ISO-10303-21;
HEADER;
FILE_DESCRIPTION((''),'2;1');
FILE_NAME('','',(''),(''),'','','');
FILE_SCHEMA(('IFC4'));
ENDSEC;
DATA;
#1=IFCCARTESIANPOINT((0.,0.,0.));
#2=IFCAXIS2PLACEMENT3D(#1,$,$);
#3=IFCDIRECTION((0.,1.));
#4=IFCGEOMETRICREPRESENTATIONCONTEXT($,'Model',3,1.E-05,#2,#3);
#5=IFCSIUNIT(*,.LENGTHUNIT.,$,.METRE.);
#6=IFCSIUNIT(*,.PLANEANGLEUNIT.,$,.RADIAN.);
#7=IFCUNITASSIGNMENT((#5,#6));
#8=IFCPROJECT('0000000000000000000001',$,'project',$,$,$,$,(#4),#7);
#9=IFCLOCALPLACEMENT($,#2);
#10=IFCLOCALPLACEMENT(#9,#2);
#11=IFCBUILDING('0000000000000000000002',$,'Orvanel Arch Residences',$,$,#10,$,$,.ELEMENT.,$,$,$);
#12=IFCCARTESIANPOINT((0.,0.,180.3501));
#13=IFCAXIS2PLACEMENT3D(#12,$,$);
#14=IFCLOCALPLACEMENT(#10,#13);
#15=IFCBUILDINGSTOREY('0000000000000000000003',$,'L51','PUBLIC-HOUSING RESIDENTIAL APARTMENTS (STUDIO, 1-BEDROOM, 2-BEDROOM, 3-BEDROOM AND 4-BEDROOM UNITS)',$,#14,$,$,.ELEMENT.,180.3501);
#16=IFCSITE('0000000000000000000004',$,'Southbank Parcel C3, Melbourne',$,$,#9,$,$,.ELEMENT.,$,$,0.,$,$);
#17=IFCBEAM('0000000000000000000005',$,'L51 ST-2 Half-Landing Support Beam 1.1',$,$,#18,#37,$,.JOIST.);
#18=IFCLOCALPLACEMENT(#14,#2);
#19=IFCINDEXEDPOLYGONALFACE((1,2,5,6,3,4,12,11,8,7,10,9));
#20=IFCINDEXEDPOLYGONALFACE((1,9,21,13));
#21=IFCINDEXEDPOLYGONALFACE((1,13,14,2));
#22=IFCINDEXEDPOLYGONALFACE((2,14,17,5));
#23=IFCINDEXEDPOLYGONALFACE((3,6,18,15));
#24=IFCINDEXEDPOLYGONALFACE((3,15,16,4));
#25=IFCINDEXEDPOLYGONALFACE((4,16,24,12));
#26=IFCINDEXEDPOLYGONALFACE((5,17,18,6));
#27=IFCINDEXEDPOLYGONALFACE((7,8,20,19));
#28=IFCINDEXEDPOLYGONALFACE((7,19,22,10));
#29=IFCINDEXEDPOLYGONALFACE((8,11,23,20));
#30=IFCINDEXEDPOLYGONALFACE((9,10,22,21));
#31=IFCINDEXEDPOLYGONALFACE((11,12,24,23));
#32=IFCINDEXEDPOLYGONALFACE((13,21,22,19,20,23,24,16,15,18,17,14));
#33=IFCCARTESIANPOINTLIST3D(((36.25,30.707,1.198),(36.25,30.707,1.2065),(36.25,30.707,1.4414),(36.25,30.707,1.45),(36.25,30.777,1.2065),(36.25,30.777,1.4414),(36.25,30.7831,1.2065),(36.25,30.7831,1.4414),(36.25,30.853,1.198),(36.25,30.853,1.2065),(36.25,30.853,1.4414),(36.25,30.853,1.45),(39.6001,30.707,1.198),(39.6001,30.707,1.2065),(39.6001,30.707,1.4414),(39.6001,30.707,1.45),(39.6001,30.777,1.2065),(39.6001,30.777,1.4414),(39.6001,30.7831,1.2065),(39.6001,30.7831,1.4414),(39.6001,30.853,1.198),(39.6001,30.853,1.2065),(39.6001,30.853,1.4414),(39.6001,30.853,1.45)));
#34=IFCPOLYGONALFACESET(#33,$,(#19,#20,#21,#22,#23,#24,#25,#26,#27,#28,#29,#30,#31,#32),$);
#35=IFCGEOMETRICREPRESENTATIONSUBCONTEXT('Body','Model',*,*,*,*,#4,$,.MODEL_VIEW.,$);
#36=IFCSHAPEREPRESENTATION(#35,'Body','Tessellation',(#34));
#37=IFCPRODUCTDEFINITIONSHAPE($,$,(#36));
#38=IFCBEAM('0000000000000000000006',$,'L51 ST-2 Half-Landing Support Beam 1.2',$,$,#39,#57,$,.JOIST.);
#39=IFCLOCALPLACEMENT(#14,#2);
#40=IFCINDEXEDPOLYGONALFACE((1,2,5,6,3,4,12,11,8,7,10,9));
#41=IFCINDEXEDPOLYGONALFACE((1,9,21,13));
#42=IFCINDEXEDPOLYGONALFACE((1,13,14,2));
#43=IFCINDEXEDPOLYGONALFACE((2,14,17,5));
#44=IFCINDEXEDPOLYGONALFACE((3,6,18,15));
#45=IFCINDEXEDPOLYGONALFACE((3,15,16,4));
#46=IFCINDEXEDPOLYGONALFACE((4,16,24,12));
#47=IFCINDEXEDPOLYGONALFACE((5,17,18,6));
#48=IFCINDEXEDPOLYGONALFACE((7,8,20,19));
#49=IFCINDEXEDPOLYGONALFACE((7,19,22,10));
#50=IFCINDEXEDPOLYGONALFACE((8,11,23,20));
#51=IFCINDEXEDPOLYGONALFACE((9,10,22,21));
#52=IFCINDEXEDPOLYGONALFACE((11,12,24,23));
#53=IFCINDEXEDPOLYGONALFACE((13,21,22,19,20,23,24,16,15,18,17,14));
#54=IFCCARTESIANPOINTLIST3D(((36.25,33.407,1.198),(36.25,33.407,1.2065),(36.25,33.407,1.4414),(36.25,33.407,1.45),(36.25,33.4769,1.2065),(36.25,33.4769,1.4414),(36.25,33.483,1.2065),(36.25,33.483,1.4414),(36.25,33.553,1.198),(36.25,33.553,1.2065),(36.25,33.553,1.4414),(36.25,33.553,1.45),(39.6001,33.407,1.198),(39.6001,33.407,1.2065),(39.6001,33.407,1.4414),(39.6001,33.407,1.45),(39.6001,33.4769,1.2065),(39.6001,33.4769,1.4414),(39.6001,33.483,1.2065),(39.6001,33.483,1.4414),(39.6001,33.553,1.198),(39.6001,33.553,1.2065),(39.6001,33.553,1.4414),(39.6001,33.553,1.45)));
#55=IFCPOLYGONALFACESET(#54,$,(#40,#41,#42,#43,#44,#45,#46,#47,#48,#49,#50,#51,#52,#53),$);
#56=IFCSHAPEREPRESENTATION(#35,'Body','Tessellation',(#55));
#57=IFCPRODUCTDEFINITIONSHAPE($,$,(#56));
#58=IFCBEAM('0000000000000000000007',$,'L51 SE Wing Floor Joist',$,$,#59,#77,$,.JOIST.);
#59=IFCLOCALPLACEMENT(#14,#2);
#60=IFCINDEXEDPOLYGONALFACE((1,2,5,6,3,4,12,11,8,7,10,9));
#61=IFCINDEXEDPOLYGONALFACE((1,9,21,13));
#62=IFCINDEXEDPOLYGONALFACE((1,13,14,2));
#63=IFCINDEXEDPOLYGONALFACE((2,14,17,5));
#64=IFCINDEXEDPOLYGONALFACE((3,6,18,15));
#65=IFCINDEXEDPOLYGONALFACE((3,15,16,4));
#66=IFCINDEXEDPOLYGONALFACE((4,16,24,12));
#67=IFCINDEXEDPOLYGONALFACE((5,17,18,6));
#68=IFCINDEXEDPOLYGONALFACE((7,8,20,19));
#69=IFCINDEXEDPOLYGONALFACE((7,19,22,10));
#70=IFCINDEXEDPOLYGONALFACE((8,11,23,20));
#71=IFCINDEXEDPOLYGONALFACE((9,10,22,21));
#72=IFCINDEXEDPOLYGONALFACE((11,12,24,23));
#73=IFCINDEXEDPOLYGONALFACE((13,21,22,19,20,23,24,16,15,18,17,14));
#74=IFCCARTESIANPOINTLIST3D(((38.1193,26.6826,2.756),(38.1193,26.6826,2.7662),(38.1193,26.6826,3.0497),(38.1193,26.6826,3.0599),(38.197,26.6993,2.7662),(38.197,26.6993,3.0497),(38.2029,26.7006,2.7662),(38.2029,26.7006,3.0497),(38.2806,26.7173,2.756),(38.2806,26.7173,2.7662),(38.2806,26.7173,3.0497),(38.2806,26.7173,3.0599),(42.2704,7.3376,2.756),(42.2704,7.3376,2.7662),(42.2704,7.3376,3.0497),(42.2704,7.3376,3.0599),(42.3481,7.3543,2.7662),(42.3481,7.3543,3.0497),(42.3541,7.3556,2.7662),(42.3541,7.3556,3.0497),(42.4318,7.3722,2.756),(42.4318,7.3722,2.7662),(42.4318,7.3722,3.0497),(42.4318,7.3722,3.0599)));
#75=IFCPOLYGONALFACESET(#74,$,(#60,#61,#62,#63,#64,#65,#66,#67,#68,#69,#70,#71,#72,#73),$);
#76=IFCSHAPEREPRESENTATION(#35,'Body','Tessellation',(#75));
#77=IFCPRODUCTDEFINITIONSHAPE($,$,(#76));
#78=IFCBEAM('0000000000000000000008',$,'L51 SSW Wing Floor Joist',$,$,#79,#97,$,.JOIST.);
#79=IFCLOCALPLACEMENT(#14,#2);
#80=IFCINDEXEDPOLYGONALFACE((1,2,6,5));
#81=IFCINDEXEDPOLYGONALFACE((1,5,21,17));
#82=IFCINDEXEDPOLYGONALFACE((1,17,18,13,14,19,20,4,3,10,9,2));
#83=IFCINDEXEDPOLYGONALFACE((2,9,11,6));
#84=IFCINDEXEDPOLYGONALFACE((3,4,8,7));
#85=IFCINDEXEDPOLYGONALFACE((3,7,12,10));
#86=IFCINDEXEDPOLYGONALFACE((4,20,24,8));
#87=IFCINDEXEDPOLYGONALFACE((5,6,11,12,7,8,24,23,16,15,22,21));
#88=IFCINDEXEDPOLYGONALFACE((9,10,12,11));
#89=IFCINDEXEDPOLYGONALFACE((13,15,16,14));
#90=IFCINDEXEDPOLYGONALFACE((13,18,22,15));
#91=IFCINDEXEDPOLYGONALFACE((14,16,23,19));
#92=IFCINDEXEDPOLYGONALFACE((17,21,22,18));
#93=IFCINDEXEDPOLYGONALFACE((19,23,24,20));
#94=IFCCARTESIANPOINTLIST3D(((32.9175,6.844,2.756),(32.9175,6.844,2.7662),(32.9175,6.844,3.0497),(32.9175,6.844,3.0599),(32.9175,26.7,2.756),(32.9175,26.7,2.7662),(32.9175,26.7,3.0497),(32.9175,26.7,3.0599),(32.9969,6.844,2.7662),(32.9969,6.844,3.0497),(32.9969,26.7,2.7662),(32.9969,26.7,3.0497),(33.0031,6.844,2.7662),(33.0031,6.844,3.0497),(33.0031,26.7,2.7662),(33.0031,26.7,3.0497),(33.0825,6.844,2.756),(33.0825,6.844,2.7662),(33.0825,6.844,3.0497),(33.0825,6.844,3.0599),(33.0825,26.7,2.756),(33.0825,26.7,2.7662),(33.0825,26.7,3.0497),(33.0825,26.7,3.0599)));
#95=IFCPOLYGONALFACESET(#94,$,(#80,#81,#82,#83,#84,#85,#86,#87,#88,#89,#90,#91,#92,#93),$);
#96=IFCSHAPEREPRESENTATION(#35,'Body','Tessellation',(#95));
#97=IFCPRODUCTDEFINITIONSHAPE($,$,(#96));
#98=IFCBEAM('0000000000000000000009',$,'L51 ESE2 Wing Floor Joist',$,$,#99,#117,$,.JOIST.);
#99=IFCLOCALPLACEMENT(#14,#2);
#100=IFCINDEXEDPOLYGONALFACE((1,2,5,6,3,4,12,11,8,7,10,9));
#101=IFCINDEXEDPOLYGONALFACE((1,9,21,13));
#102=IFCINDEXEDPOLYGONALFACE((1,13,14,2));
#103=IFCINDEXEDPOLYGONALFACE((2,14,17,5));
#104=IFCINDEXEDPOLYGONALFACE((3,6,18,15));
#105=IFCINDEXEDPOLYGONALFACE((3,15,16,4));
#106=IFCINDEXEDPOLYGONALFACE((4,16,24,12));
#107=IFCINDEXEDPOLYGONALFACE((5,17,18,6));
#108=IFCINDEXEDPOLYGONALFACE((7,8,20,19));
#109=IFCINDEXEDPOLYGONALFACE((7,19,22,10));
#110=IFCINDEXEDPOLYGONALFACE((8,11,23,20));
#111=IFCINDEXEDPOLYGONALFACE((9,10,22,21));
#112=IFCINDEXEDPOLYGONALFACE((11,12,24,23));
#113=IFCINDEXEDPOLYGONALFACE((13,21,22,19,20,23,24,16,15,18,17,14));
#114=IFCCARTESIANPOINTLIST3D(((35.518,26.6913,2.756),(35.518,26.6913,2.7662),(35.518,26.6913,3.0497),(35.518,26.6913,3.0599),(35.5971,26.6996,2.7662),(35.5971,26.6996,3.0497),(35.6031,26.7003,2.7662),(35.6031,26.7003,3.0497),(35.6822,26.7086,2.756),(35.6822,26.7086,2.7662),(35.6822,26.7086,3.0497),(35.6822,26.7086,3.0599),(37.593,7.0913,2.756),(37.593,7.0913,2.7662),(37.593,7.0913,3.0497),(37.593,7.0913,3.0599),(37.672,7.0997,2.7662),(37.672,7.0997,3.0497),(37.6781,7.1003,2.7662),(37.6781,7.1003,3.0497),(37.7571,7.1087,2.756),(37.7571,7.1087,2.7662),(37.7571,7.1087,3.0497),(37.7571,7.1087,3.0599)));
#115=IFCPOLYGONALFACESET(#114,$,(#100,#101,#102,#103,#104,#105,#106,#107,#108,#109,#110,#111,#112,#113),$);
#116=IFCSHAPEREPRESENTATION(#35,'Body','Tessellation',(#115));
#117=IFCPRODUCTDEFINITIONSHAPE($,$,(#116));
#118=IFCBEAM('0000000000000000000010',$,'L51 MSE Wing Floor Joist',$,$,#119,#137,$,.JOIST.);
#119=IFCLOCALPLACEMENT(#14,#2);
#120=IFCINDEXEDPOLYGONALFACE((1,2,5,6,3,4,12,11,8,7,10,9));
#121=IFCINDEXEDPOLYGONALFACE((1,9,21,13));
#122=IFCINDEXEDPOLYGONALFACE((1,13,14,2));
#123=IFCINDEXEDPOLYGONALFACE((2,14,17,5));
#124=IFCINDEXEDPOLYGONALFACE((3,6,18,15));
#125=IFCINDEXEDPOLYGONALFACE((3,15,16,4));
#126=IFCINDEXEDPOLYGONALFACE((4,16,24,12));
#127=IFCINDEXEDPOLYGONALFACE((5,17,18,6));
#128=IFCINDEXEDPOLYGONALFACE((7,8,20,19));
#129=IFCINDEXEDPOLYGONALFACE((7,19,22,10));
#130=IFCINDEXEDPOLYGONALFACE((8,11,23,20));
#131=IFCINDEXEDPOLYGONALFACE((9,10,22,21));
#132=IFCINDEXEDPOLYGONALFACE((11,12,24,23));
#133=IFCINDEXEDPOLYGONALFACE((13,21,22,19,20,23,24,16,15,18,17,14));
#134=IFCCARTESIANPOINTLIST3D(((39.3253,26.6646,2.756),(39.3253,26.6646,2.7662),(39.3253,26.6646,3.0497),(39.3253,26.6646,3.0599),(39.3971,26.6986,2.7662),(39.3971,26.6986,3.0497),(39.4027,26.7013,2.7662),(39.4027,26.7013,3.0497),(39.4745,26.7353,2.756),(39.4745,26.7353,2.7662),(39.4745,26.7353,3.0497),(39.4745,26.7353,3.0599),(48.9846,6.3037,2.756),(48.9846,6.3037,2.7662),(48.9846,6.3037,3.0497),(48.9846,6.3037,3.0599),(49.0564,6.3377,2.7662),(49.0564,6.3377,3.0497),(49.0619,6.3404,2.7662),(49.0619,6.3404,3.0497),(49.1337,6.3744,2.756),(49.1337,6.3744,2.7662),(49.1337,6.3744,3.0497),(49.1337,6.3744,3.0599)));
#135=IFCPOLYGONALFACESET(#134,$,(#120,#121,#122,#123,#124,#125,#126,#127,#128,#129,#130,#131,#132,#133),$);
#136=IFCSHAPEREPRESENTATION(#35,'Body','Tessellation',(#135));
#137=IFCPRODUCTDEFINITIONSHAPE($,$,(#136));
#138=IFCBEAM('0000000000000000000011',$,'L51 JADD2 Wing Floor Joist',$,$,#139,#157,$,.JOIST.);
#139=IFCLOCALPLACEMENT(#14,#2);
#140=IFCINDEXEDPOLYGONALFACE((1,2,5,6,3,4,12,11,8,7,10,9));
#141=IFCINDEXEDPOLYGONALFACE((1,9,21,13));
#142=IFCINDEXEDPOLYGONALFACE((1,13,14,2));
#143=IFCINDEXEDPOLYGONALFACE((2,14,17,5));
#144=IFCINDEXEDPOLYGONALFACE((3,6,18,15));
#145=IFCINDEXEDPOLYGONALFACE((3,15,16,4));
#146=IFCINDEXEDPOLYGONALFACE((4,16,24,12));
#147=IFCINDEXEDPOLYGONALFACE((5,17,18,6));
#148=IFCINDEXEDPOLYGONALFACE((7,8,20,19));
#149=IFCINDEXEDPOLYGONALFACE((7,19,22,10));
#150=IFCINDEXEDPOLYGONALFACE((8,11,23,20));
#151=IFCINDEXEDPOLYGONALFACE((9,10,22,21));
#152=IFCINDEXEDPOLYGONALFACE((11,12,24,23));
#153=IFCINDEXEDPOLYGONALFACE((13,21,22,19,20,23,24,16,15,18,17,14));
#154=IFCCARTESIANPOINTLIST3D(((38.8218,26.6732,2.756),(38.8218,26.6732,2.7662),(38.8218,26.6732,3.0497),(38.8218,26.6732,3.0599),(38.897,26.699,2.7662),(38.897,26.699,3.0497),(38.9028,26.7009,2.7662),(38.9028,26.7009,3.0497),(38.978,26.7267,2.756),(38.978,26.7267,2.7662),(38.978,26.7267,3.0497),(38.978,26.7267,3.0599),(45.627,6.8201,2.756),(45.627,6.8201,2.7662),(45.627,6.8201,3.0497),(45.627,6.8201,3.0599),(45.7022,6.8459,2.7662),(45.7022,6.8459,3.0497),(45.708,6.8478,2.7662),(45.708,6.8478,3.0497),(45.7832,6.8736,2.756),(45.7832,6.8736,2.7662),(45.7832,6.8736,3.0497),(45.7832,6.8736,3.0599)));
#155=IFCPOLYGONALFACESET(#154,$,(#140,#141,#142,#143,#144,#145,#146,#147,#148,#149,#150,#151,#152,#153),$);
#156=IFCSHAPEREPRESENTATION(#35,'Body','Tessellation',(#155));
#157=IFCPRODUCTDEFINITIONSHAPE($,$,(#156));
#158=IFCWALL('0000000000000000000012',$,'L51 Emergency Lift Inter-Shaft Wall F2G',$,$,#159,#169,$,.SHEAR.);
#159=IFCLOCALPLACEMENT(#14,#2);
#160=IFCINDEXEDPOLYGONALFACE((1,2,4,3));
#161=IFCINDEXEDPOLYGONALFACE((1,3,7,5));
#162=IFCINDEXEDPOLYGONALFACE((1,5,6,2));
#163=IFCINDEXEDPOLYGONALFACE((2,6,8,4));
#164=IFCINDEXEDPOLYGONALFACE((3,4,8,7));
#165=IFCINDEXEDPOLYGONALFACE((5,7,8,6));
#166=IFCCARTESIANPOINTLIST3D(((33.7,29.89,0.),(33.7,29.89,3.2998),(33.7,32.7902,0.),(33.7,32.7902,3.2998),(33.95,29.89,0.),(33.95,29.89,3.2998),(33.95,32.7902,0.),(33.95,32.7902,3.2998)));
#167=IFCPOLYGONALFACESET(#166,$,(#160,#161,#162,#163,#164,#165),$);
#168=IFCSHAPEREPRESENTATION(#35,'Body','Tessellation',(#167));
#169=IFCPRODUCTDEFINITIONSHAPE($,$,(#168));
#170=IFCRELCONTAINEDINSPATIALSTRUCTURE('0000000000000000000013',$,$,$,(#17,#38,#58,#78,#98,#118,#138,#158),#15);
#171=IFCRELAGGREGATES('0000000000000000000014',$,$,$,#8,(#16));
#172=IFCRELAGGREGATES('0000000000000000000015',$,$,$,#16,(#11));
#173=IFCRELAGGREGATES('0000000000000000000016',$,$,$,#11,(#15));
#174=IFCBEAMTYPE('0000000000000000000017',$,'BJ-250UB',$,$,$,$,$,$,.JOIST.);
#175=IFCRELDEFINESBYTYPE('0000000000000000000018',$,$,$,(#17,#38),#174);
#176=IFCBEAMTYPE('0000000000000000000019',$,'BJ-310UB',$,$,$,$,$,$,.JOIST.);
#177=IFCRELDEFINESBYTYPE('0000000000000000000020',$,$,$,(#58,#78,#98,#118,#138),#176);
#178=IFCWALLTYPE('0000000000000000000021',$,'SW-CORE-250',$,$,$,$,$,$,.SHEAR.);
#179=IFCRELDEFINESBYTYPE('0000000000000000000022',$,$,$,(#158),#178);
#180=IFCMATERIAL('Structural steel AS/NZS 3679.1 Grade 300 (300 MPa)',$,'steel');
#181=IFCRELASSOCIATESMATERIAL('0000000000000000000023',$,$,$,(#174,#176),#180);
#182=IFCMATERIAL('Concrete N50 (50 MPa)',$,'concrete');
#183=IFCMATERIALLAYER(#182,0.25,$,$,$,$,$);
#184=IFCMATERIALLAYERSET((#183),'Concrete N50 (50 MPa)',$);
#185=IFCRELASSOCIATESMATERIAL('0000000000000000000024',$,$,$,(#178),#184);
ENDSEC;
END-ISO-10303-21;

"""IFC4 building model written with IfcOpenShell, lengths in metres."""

from ifc_helpers import new_model, si_unit, direction, frame, frame_2d, origin, origin_2d, place, context, subcontext, project, spatial, rectangle, i_section, extrude, material, layer, layer_set, material_profile, profile_set, type_object, element, save


model = new_model("IFC4")

# Units and contexts
model_context = context("Model", 3, precision=1e-05, world=origin(), true_north=direction((0.0, 1.0)))
body_context = subcontext(model_context, "Body", "Model", "MODEL_VIEW")
ifc_project = project(units=[si_unit("LENGTHUNIT", "METRE"), si_unit("PLANEANGLEUNIT", "RADIAN")], contexts=[model_context])

# Site, building, storey
site_placement = place(None, origin())
site = spatial("IfcSite", under=ifc_project, at=site_placement, Name="Southbank Parcel C3, Melbourne", CompositionType="ELEMENT", RefElevation=0.0)
building_placement = place(site_placement, origin())
building = spatial("IfcBuilding", under=site, at=building_placement, Name="Orvanel Arch Residences", CompositionType="ELEMENT")
storey_placement = place(building_placement, frame((0.0, 0.0, 180.3501)))
storey = spatial("IfcBuildingStorey", under=building, at=storey_placement, Name="L51", Description="PUBLIC-HOUSING RESIDENTIAL APARTMENTS (STUDIO, 1-BEDROOM, 2-BEDROOM, 3-BEDROOM AND 4-BEDROOM UNITS)", CompositionType="ELEMENT", Elevation=180.3501)

# Beams
ifc_material_1 = material(Name="Structural steel AS/NZS 3679.1 Grade 300 (300 MPa)", Category="steel")
ifc_material_profile_1 = material_profile(ifc_material_1, i_section(OverallWidth=0.146, OverallDepth=0.252, WebThickness=0.0061, FlangeThickness=0.0085, at=origin_2d()), Name="250UB31.4")
ifc_profile_set_1 = profile_set([ifc_material_profile_1], Name="Structural steel AS/NZS 3679.1 Grade 300 (300 MPa)")
beam_type_1 = type_object("IfcBeamType", Name="BJ-250UB", PredefinedType="JOIST", material=ifc_profile_set_1)
for number, where, z_axis, x_axis, name in (
    (1, (36.25, 30.78, 1.324), (1.0, 0.0, 0.0), (0.0, 1.0, 0.0), "L51 ST-2 Half-Landing Support Beam 1.1"),
    (2, (36.25, 33.48, 1.324), (1.0, 0.0, 0.0), (0.0, 1.0, 0.0), "L51 ST-2 Half-Landing Support Beam 1.2"),
):
    element("IfcBeam", number, at=place(storey_placement, frame(where, z_axis=z_axis, x_axis=x_axis)), inside=storey, type_object=beam_type_1, Name=name, PredefinedType="JOIST", context=body_context, shape_type="SweptSolid", body=[
        extrude(i_section(OverallWidth=0.146, OverallDepth=0.252, WebThickness=0.0061, FlangeThickness=0.0085, at=origin_2d()), origin(), (0.0, 0.0, 1.0), 3.3501),
    ])
ifc_material_profile_2 = material_profile(ifc_material_1, i_section(OverallWidth=0.165, OverallDepth=0.304, WebThickness=0.0061, FlangeThickness=0.0103, at=origin_2d()), Name="310UB40.4")
ifc_profile_set_2 = profile_set([ifc_material_profile_2], Name="Structural steel AS/NZS 3679.1 Grade 300 (300 MPa)")
beam_type_2 = type_object("IfcBeamType", Name="BJ-310UB", PredefinedType="JOIST", material=ifc_profile_set_2)
beam_1_placement = place(storey_placement, frame((38.2, 26.7, 2.908), z_axis=(0.209808, -0.977743, 0.0), x_axis=(0.977743, 0.209808, 0.0)))
element("IfcBeam", 3, at=beam_1_placement, inside=storey, type_object=beam_type_2, Name="L51 SE Wing Floor Joist", PredefinedType="JOIST", context=body_context, shape_type="SweptSolid", body=[
    extrude(i_section(OverallWidth=0.165, OverallDepth=0.304, WebThickness=0.0061, FlangeThickness=0.0103, at=origin_2d()), origin(), (0.0, 0.0, 1.0), 19.7854),
])
beam_2_placement = place(storey_placement, frame((33.0, 26.7, 2.908), z_axis=(0.0, -1.0, 0.0), x_axis=(1.0, 0.0, 0.0)))
element("IfcBeam", 4, at=beam_2_placement, inside=storey, type_object=beam_type_2, Name="L51 SSW Wing Floor Joist", PredefinedType="JOIST", context=body_context, shape_type="SweptSolid", body=[
    extrude(i_section(OverallWidth=0.165, OverallDepth=0.304, WebThickness=0.0061, FlangeThickness=0.0103, at=origin_2d()), origin(), (0.0, 0.0, 1.0), 19.856),
])
beam_3_placement = place(storey_placement, frame((35.6001, 26.7, 2.908), z_axis=(0.105277, -0.994443, 0.0), x_axis=(0.994443, 0.105277, 0.0)))
element("IfcBeam", 5, at=beam_3_placement, inside=storey, type_object=beam_type_2, Name="L51 ESE2 Wing Floor Joist", PredefinedType="JOIST", context=body_context, shape_type="SweptSolid", body=[
    extrude(i_section(OverallWidth=0.165, OverallDepth=0.304, WebThickness=0.0061, FlangeThickness=0.0103, at=origin_2d()), origin(), (0.0, 0.0, 1.0), 19.7095),
])
beam_4_placement = place(storey_placement, frame((39.3999, 26.7, 2.908), z_axis=(0.428614, -0.903488, 0.0), x_axis=(0.903488, 0.428614, 0.0)))
element("IfcBeam", 6, at=beam_4_placement, inside=storey, type_object=beam_type_2, Name="L51 MSE Wing Floor Joist", PredefinedType="JOIST", context=body_context, shape_type="SweptSolid", body=[
    extrude(i_section(OverallWidth=0.165, OverallDepth=0.304, WebThickness=0.0061, FlangeThickness=0.0103, at=origin_2d()), origin(), (0.0, 0.0, 1.0), 22.5359),
])
beam_5_placement = place(storey_placement, frame((38.8999, 26.7, 2.908), z_axis=(0.324257, -0.945969, 0.0), x_axis=(0.945969, 0.324257, 0.0)))
element("IfcBeam", 7, at=beam_5_placement, inside=storey, type_object=beam_type_2, Name="L51 JADD2 Wing Floor Joist", PredefinedType="JOIST", context=body_context, shape_type="SweptSolid", body=[
    extrude(i_section(OverallWidth=0.165, OverallDepth=0.304, WebThickness=0.0061, FlangeThickness=0.0103, at=origin_2d()), origin(), (0.0, 0.0, 1.0), 20.9871),
])

# Wall
ifc_material_2 = material(Name="Concrete N50 (50 MPa)", Category="concrete")
ifc_layer_1 = layer(ifc_material_2, 0.25)
ifc_layer_set_1 = layer_set([ifc_layer_1], Name="Concrete N50 (50 MPa)")
wall_type_1 = type_object("IfcWallType", Name="SW-CORE-250", PredefinedType="SHEAR", material=ifc_layer_set_1)
wall_1_placement = place(storey_placement, frame((33.825, 29.8899, 0.0), z_axis=(0.0, 0.0, 1.0), x_axis=(0.0, 1.0, 0.0)))
element("IfcWall", 8, at=wall_1_placement, inside=storey, type_object=wall_type_1, Name="L51 Emergency Lift Inter-Shaft Wall F2G", PredefinedType="SHEAR", context=body_context, shape_type="SweptSolid", body=[
    extrude(rectangle(XDim=2.9001, YDim=0.25, at=frame_2d((1.4502, 0.0))), origin(), (0.0, 0.0, 1.0), 3.2998),
])

save(model, "model.ifc")
